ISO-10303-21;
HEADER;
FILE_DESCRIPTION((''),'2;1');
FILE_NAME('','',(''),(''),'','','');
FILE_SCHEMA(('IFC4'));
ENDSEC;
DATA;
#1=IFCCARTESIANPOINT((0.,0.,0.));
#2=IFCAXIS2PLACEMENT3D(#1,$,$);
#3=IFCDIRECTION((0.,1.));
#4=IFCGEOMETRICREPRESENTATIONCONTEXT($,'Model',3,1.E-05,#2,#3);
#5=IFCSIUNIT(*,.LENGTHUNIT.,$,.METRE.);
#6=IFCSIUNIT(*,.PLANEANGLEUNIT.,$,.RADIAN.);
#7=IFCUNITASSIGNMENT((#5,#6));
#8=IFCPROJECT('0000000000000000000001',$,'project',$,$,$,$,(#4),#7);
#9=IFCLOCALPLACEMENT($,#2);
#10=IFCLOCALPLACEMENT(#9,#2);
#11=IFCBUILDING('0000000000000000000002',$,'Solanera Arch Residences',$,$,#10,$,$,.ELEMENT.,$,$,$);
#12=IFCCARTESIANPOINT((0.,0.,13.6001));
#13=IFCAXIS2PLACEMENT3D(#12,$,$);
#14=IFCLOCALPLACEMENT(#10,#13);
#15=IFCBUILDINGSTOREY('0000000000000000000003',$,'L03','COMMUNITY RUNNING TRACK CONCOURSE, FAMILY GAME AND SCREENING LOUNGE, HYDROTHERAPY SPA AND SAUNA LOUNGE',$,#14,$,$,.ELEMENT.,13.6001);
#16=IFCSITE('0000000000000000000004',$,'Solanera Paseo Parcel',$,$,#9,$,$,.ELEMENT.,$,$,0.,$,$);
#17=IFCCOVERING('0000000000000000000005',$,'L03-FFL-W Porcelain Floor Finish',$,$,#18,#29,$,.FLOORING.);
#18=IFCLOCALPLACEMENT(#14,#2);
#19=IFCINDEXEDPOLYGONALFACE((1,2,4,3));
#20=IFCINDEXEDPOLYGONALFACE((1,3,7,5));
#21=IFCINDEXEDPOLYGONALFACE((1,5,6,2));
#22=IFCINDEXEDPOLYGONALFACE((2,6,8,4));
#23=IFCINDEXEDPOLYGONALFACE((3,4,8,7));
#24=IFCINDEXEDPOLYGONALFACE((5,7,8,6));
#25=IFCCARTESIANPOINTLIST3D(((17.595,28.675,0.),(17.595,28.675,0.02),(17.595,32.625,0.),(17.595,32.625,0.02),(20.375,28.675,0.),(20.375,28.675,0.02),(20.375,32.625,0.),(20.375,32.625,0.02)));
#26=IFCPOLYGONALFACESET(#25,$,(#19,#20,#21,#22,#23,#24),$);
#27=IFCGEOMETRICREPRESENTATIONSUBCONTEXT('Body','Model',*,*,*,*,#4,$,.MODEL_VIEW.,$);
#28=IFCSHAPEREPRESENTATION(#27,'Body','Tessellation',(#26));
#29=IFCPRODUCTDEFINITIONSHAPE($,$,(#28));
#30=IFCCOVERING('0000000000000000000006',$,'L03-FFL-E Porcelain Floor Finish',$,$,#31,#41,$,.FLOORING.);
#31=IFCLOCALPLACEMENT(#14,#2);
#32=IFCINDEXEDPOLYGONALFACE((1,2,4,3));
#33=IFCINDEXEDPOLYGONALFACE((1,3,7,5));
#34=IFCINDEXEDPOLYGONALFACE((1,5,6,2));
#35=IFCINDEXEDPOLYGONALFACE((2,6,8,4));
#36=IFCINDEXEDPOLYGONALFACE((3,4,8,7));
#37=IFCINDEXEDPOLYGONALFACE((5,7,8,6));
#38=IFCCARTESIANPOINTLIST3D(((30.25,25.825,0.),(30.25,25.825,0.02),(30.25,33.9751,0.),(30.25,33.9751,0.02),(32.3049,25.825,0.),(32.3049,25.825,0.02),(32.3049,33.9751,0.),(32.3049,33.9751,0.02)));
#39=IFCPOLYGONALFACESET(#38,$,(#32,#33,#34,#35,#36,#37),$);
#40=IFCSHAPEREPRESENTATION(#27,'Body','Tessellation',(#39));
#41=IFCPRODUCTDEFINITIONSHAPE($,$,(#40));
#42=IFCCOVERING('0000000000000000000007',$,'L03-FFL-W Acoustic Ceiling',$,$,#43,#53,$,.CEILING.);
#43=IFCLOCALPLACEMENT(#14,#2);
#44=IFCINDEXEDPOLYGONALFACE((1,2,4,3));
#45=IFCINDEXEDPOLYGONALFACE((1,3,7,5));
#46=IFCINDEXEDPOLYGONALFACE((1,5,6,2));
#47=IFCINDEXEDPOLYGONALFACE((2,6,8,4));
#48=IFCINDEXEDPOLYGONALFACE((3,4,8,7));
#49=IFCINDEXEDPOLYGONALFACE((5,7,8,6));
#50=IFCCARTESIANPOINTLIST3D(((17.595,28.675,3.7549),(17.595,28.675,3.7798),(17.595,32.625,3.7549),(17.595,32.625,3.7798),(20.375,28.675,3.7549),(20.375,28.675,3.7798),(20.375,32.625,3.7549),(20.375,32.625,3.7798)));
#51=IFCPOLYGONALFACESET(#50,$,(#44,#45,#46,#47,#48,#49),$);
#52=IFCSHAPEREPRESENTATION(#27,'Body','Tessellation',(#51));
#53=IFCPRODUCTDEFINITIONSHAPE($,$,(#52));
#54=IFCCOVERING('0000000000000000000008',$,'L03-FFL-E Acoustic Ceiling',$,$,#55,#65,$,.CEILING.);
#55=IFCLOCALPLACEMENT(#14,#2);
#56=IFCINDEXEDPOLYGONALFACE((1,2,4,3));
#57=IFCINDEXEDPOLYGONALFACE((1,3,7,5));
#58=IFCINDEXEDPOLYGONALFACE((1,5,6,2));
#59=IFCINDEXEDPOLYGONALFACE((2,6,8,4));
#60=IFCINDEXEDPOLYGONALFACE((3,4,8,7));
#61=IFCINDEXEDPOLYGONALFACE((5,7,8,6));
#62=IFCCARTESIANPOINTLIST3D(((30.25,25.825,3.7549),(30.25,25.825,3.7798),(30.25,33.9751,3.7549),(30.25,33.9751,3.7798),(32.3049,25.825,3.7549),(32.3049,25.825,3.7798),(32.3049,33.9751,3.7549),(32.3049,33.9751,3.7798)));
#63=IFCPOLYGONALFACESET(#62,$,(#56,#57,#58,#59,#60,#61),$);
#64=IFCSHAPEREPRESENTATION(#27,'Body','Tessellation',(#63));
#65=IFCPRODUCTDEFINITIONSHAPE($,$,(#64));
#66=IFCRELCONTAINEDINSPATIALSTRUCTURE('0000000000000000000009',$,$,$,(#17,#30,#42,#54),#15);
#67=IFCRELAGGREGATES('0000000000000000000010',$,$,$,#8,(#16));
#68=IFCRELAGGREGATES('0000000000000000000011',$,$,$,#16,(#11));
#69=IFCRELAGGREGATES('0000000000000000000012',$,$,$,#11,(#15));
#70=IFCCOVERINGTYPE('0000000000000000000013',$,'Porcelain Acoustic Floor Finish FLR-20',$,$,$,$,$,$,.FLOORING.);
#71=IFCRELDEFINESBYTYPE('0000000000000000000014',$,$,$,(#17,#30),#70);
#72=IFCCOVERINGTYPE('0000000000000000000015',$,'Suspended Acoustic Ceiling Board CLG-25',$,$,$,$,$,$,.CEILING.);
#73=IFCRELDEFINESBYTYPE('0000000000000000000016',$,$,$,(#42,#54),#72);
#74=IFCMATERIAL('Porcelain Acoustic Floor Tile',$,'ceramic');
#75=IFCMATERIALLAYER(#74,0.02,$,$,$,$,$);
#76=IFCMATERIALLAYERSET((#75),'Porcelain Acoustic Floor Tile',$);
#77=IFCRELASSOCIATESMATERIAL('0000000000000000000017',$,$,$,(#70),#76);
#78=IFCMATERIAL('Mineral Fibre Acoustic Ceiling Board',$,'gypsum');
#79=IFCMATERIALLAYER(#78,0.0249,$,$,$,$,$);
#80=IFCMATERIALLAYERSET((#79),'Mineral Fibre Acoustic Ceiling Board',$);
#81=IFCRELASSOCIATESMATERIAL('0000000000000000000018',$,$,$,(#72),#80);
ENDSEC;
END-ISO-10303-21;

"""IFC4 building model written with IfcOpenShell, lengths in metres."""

from ifc_helpers import new_model, si_unit, direction, frame, origin, place, context, subcontext, project, spatial, polyline, outline, extrude, material, layer, layer_set, type_object, element, save


model = new_model("IFC4")

# Units and contexts
model_context = context("Model", 3, precision=1e-05, world=origin(), true_north=direction((0.0, 1.0)))
body_context = subcontext(model_context, "Body", "Model", "MODEL_VIEW")
ifc_project = project(units=[si_unit("LENGTHUNIT", "METRE"), si_unit("PLANEANGLEUNIT", "RADIAN")], contexts=[model_context])

# Site, building, storey
site_placement = place(None, origin())
site = spatial("IfcSite", under=ifc_project, at=site_placement, Name="Solanera Paseo Parcel", CompositionType="ELEMENT", RefElevation=0.0)
building_placement = place(site_placement, origin())
building = spatial("IfcBuilding", under=site, at=building_placement, Name="Solanera Arch Residences", CompositionType="ELEMENT")
storey_placement = place(building_placement, frame((0.0, 0.0, 13.6001)))
storey = spatial("IfcBuildingStorey", under=building, at=storey_placement, Name="L03", Description="COMMUNITY RUNNING TRACK CONCOURSE, FAMILY GAME AND SCREENING LOUNGE, HYDROTHERAPY SPA AND SAUNA LOUNGE", CompositionType="ELEMENT", Elevation=13.6001)

# Coverings
ifc_material_1 = material(Name="Porcelain Acoustic Floor Tile", Category="ceramic")
ifc_layer_1 = layer(ifc_material_1, 0.02)
ifc_layer_set_1 = layer_set([ifc_layer_1], Name="Porcelain Acoustic Floor Tile")
covering_type_1 = type_object("IfcCoveringType", Name="Porcelain Acoustic Floor Finish FLR-20", PredefinedType="FLOORING", material=ifc_layer_set_1)
covering_1_placement = place(storey_placement, origin())
element("IfcCovering", 1, at=covering_1_placement, inside=storey, type_object=covering_type_1, Name="L03-FFL-W Porcelain Floor Finish", PredefinedType="FLOORING", context=body_context, shape_type="SweptSolid", body=[
    extrude(outline(polyline([(20.375, 28.675), (17.595, 28.675), (17.595, 32.625), (20.375, 32.625), (20.375, 28.675)])), origin(), (0.0, 0.0, 1.0), 0.02),
])
covering_2_placement = place(storey_placement, origin())
element("IfcCovering", 2, at=covering_2_placement, inside=storey, type_object=covering_type_1, Name="L03-FFL-E Porcelain Floor Finish", PredefinedType="FLOORING", context=body_context, shape_type="SweptSolid", body=[
    extrude(outline(polyline([(32.3049, 25.825), (30.25, 25.825), (30.25, 33.9751), (32.3049, 33.9751), (32.3049, 25.825)])), origin(), (0.0, 0.0, 1.0), 0.02),
])
ifc_material_2 = material(Name="Mineral Fibre Acoustic Ceiling Board", Category="gypsum")
ifc_layer_2 = layer(ifc_material_2, 0.0249)
ifc_layer_set_2 = layer_set([ifc_layer_2], Name="Mineral Fibre Acoustic Ceiling Board")
covering_type_2 = type_object("IfcCoveringType", Name="Suspended Acoustic Ceiling Board CLG-25", PredefinedType="CEILING", material=ifc_layer_set_2)
covering_3_placement = place(storey_placement, frame((0.0, 0.0, 3.7549)))
element("IfcCovering", 3, at=covering_3_placement, inside=storey, type_object=covering_type_2, Name="L03-FFL-W Acoustic Ceiling", PredefinedType="CEILING", context=body_context, shape_type="SweptSolid", body=[
    extrude(outline(polyline([(20.375, 28.675), (17.595, 28.675), (17.595, 32.625), (20.375, 32.625), (20.375, 28.675)])), origin(), (0.0, 0.0, 1.0), 0.0249),
])
covering_4_placement = place(storey_placement, frame((0.0, 0.0, 3.7549)))
element("IfcCovering", 4, at=covering_4_placement, inside=storey, type_object=covering_type_2, Name="L03-FFL-E Acoustic Ceiling", PredefinedType="CEILING", context=body_context, shape_type="SweptSolid", body=[
    extrude(outline(polyline([(32.3049, 25.825), (30.25, 25.825), (30.25, 33.9751), (32.3049, 33.9751), (32.3049, 25.825)])), origin(), (0.0, 0.0, 1.0), 0.0249),
])

save(model, "model.ifc")
